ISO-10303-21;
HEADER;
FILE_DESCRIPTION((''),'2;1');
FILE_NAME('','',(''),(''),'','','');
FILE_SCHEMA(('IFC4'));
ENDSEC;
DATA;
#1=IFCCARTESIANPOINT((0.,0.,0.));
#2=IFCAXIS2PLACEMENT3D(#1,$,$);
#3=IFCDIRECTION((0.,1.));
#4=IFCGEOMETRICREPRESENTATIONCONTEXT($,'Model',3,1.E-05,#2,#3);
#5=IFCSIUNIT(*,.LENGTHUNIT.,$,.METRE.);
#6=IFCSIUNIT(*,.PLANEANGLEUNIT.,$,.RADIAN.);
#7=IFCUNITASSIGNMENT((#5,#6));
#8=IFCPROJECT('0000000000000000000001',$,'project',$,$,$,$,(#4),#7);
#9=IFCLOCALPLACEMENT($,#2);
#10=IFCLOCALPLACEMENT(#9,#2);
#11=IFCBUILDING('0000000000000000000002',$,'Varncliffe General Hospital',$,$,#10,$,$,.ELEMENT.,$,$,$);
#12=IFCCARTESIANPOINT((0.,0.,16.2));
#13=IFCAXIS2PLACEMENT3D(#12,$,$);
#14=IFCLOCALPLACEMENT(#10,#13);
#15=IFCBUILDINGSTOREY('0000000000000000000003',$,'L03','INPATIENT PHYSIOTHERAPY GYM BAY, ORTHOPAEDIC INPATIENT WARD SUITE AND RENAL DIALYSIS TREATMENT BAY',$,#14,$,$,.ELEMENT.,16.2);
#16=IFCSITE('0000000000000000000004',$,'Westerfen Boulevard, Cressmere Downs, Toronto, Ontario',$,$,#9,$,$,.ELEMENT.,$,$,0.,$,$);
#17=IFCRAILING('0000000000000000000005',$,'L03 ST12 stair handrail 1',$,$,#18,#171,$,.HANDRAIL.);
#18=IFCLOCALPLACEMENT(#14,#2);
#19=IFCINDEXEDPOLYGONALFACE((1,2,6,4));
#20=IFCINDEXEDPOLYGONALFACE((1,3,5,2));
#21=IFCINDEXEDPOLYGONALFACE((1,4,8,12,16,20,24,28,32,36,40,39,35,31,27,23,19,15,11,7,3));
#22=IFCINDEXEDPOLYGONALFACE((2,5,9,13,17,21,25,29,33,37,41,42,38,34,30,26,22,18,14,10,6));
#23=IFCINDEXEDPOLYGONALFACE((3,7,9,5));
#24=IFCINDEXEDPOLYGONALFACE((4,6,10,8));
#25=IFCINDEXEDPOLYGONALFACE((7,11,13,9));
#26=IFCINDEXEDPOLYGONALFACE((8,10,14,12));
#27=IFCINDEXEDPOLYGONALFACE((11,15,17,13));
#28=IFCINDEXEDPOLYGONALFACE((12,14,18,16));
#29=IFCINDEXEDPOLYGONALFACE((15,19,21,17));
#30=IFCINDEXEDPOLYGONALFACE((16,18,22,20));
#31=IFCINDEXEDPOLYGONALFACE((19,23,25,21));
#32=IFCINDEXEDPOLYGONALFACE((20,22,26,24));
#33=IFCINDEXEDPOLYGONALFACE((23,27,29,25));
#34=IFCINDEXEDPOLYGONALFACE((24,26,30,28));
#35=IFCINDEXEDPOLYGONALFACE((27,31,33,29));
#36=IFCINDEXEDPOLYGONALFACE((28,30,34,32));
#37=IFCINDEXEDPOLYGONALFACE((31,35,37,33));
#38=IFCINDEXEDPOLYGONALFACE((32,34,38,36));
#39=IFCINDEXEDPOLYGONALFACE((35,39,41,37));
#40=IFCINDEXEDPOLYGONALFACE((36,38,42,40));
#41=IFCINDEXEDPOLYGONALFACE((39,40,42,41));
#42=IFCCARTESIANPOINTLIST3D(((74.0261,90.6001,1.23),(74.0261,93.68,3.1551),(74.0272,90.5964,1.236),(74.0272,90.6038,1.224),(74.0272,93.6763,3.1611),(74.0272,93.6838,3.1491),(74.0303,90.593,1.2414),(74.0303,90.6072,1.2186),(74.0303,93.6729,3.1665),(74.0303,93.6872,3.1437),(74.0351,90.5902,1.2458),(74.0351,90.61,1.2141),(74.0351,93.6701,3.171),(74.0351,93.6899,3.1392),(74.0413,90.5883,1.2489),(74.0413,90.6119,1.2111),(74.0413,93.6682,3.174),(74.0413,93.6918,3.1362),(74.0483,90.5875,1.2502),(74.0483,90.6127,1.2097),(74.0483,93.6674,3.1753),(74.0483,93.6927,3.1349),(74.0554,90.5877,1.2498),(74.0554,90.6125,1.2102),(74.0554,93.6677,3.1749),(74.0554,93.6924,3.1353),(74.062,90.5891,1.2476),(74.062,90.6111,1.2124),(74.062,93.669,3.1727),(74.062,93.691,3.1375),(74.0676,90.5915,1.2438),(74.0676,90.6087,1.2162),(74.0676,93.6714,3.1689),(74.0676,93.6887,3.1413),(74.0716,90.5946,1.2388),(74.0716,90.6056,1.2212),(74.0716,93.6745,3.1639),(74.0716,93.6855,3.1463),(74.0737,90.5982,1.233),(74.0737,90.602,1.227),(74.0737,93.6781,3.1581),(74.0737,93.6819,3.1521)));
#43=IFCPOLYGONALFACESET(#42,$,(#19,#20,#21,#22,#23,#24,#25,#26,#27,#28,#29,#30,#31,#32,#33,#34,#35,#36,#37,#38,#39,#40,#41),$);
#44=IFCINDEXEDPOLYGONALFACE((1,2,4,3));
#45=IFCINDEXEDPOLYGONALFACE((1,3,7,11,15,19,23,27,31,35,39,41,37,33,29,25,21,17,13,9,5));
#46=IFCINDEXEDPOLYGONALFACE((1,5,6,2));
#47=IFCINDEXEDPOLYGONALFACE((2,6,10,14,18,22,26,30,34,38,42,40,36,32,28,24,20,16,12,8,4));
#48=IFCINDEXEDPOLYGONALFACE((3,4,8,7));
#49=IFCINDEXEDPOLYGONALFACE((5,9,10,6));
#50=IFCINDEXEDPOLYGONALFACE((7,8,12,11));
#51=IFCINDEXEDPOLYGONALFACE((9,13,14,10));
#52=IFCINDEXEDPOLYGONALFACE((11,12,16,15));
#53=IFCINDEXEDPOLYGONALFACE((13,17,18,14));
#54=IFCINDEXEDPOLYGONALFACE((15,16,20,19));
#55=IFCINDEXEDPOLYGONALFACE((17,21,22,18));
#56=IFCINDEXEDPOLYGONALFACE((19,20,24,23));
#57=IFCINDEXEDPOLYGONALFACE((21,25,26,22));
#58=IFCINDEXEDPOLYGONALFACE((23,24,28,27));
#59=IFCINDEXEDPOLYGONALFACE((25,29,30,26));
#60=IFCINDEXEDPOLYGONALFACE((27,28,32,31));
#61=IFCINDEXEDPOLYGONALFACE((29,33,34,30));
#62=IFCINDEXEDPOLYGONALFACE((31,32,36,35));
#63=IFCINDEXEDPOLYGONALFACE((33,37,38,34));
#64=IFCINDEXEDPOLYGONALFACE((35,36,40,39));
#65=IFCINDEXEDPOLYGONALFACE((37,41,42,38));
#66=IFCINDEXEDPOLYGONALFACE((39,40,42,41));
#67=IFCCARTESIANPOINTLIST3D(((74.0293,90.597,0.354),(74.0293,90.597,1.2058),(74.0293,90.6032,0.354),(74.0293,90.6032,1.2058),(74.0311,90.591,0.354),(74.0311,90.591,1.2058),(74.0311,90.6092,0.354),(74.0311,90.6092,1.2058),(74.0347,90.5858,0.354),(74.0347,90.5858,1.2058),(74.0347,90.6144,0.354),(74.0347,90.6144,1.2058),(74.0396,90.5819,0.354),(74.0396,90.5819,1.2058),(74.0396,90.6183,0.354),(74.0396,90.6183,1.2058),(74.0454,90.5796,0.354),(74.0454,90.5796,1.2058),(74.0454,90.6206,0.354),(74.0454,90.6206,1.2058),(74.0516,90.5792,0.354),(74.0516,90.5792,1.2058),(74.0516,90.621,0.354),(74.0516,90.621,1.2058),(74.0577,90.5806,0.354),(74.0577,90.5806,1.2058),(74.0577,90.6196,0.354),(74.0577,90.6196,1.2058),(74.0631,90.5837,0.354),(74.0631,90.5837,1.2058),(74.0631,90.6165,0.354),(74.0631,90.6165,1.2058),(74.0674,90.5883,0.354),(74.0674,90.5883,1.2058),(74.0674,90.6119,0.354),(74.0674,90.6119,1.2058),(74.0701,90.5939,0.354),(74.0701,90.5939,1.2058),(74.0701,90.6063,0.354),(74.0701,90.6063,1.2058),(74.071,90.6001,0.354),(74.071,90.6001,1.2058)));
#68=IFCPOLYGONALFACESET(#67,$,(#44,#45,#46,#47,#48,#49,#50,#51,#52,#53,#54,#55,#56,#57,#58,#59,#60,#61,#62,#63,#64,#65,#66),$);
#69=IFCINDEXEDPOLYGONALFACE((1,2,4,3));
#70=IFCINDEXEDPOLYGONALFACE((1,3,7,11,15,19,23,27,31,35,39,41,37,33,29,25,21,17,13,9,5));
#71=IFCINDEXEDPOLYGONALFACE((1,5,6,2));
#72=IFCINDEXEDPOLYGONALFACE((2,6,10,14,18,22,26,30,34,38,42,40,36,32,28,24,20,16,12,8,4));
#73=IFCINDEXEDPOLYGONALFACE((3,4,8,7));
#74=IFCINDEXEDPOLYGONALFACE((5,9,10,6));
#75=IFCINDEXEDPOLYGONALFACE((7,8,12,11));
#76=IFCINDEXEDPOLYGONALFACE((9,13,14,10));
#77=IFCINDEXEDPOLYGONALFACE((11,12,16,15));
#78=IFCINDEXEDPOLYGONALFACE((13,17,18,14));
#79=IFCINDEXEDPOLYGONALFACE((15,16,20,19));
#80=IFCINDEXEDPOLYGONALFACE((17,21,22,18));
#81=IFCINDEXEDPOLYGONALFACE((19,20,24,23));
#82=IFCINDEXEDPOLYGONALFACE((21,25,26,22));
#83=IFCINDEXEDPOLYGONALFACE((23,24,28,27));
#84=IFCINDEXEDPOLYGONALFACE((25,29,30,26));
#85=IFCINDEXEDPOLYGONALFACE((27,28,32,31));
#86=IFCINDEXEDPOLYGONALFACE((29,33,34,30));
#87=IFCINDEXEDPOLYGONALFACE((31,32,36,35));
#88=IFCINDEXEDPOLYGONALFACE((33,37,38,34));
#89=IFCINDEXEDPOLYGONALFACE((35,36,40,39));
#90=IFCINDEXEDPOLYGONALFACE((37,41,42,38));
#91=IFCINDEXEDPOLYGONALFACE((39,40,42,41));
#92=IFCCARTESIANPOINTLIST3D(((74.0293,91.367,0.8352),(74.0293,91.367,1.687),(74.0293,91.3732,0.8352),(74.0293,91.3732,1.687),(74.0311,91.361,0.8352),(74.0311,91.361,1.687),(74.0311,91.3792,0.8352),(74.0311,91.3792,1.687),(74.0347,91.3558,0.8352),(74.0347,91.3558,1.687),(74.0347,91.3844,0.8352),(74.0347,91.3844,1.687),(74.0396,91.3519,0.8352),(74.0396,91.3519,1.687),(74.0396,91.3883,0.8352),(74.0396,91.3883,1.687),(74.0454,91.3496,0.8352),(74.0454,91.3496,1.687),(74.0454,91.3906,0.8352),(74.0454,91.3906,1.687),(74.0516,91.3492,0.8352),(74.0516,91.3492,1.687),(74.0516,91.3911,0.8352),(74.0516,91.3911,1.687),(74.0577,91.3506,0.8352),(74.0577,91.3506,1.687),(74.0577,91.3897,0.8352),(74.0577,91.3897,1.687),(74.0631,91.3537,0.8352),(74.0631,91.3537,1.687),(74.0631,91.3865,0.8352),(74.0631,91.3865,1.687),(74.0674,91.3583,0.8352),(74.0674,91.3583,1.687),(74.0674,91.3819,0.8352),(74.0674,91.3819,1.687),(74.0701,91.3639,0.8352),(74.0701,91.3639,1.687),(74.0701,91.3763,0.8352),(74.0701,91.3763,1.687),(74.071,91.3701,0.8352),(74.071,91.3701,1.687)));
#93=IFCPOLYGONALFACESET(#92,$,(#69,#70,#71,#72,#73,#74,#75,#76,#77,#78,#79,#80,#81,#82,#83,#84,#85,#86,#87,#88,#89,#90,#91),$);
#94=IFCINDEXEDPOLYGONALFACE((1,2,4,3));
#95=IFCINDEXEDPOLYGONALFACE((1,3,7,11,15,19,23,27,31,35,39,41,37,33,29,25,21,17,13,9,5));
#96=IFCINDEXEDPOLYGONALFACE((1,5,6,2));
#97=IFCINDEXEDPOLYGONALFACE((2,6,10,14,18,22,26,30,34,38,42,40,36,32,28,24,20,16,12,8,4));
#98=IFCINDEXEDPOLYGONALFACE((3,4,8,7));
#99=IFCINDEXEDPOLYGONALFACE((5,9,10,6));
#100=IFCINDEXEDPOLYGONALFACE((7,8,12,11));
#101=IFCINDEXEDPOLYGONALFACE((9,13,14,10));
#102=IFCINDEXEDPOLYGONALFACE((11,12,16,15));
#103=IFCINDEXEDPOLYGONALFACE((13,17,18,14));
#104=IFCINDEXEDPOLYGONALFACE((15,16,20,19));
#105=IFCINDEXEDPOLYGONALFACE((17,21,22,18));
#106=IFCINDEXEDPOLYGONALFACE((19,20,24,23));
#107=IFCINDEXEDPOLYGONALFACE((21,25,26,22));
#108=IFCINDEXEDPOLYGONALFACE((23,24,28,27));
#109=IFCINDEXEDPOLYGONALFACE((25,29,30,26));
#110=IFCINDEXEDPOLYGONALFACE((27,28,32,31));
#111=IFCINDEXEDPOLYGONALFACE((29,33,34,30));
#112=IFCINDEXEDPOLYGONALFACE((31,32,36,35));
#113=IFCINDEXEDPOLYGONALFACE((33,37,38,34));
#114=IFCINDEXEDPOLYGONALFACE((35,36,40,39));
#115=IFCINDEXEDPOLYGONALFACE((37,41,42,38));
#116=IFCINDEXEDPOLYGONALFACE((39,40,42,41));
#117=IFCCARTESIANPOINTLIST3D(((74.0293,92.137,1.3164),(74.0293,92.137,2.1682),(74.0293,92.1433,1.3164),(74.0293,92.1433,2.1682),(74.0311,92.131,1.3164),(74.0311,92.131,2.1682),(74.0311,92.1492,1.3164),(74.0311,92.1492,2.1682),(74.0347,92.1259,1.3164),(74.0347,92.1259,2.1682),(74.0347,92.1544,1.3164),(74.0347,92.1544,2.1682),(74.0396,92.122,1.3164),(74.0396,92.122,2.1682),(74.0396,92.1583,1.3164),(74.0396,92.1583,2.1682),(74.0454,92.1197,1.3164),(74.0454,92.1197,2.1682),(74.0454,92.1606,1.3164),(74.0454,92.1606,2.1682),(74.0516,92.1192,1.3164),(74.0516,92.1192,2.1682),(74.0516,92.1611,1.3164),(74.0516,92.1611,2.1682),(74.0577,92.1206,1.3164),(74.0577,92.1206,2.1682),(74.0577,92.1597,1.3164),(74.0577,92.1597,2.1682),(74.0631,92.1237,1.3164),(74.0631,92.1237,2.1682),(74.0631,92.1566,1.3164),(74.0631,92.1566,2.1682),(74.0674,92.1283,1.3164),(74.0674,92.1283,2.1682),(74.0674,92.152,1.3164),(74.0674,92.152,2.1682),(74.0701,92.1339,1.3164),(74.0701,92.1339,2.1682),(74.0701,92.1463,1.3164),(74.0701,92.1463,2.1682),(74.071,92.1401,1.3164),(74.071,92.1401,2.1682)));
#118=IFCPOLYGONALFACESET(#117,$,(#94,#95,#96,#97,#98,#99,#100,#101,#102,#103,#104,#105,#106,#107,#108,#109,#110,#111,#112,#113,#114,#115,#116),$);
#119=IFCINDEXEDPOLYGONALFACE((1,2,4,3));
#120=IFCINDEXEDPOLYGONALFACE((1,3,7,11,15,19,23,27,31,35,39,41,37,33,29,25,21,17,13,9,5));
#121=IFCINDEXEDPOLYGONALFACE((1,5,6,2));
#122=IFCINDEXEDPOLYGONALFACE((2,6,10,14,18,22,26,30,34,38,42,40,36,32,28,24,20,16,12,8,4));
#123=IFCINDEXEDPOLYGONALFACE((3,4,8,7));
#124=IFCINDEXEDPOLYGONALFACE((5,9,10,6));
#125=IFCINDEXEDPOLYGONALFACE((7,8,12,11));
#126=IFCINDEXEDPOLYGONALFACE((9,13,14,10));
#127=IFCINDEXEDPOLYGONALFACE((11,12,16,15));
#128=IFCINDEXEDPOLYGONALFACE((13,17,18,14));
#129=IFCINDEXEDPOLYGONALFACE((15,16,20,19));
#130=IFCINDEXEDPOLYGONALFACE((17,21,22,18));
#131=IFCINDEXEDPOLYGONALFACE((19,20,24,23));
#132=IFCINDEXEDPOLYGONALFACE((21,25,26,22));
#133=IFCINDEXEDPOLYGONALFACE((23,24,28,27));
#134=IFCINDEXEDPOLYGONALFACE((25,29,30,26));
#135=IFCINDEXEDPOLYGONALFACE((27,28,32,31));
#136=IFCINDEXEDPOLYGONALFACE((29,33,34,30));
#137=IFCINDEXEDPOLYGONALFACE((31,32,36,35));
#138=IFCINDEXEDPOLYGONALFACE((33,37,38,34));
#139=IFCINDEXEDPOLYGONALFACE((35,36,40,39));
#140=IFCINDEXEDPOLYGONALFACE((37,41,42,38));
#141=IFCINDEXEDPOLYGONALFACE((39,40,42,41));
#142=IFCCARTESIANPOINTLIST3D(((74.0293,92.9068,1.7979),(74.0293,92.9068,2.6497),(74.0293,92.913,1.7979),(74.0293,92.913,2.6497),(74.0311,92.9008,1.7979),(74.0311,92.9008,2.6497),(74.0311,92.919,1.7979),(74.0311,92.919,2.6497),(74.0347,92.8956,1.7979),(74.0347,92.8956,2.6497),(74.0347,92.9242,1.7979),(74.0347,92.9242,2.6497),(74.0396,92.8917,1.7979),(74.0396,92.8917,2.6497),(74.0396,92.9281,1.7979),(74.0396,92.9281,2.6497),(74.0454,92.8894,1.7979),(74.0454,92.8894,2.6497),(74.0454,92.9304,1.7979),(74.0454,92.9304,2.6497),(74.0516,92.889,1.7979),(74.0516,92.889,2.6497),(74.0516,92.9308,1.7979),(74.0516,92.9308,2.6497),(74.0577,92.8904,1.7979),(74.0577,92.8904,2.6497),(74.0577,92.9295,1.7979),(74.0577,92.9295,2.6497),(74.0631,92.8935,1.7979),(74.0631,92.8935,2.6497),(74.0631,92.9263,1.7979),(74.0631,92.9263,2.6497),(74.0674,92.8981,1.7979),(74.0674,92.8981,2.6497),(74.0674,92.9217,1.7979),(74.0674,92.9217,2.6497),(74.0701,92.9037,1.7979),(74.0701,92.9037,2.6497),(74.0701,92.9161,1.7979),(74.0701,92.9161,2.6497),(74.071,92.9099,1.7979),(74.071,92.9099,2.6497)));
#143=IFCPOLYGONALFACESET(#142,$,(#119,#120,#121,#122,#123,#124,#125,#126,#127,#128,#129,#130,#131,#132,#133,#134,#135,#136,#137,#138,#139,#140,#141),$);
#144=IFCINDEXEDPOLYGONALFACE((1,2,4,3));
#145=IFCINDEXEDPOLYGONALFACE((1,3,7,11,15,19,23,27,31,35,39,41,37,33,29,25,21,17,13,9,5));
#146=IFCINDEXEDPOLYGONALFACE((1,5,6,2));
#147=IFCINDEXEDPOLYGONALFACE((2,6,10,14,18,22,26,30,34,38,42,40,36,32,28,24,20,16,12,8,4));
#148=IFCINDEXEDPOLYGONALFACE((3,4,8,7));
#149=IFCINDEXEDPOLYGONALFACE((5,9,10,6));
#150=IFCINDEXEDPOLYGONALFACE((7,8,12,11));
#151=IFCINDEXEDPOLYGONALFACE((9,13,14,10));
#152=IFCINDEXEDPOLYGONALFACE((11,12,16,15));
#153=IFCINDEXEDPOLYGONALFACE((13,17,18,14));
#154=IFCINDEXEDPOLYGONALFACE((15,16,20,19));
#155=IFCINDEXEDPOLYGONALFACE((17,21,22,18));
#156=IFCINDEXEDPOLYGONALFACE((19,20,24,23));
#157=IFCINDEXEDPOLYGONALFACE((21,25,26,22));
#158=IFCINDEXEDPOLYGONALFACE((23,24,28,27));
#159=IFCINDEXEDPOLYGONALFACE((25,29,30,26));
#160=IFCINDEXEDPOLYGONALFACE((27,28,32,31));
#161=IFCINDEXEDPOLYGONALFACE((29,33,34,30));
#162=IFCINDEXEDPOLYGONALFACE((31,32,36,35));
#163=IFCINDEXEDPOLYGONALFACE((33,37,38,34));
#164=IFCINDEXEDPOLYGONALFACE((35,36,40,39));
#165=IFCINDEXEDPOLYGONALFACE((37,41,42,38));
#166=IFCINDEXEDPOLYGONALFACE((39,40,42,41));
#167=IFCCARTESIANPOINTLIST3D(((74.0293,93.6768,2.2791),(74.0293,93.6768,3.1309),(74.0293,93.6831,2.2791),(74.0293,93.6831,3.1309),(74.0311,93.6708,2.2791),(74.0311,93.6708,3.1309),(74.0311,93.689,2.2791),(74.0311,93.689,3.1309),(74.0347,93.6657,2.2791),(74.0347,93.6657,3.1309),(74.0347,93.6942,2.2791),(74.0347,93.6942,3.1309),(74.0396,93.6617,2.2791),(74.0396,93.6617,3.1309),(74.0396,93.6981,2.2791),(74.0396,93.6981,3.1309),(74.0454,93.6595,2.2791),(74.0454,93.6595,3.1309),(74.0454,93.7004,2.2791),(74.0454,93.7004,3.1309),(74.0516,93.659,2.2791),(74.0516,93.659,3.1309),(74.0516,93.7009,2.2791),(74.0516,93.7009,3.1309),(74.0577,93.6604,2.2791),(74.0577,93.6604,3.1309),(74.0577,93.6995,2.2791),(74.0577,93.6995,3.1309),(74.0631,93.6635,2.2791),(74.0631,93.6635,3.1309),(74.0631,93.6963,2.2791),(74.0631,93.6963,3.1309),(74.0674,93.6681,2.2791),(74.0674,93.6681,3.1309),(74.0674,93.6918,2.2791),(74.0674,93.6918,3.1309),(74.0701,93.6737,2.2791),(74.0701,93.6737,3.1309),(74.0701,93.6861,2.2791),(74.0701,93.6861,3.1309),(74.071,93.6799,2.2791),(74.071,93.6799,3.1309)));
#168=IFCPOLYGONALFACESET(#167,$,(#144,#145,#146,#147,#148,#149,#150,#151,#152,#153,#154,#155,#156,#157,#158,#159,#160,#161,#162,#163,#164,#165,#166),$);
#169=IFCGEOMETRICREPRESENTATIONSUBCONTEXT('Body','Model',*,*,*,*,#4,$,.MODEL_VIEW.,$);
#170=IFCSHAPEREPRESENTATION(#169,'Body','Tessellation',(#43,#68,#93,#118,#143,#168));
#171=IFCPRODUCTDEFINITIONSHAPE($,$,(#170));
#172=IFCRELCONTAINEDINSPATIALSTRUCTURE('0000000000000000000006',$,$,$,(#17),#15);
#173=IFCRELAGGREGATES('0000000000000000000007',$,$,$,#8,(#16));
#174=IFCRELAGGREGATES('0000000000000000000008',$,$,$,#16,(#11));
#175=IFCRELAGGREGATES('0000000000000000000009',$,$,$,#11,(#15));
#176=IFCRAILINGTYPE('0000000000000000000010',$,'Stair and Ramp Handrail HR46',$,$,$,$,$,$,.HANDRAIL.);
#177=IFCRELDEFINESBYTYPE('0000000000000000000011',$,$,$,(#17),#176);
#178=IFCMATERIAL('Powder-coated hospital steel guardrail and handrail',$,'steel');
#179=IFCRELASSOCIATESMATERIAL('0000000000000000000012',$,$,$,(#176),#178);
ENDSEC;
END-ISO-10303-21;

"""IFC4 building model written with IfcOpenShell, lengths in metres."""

from ifc_helpers import new_model, si_unit, direction, frame, origin, origin_2d, place, context, subcontext, project, spatial, circle, extrude, material, type_object, element, save


model = new_model("IFC4")

# Units and contexts
model_context = context("Model", 3, precision=1e-05, world=origin(), true_north=direction((0.0, 1.0)))
body_context = subcontext(model_context, "Body", "Model", "MODEL_VIEW")
ifc_project = project(units=[si_unit("LENGTHUNIT", "METRE"), si_unit("PLANEANGLEUNIT", "RADIAN")], contexts=[model_context])

# Site, building, storey
site_placement = place(None, origin())
site = spatial("IfcSite", under=ifc_project, at=site_placement, Name="Westerfen Boulevard, Cressmere Downs, Toronto, Ontario", CompositionType="ELEMENT", RefElevation=0.0)
building_placement = place(site_placement, origin())
building = spatial("IfcBuilding", under=site, at=building_placement, Name="Varncliffe General Hospital", CompositionType="ELEMENT")
storey_placement = place(building_placement, frame((0.0, 0.0, 16.2)))
storey = spatial("IfcBuildingStorey", under=building, at=storey_placement, Name="L03", Description="INPATIENT PHYSIOTHERAPY GYM BAY, ORTHOPAEDIC INPATIENT WARD SUITE AND RENAL DIALYSIS TREATMENT BAY", CompositionType="ELEMENT", Elevation=16.2)

# Railing
ifc_material_1 = material(Name="Powder-coated hospital steel guardrail and handrail", Category="steel")
railing_type = type_object("IfcRailingType", Name="Stair and Ramp Handrail HR46", PredefinedType="HANDRAIL", material=ifc_material_1)
railing_placement = place(storey_placement, frame((74.05, 90.6001, 0.354)))
element("IfcRailing", 1, at=railing_placement, inside=storey, type_object=railing_type, Name="L03 ST12 stair handrail 1", PredefinedType="HANDRAIL", context=body_context, shape_type="SweptSolid", body=[
    extrude(circle(Radius=0.0239, at=origin_2d()), frame((0.0, 0.0, 0.876), z_axis=(0.0, 0.847979, 0.530029), x_axis=(-1.0, 0.0, 0.0)), (0.0, 0.0, 1.0), 3.6321),
    extrude(circle(Radius=0.021, at=origin_2d()), origin(), (0.0, 0.0, 1.0), 0.8518),
    extrude(circle(Radius=0.021, at=origin_2d()), frame((0.0, 0.77, 0.4812)), (0.0, 0.0, 1.0), 0.8518),
    extrude(circle(Radius=0.021, at=origin_2d()), frame((0.0, 1.54, 0.9624)), (0.0, 0.0, 1.0), 0.8518),
    extrude(circle(Radius=0.021, at=origin_2d()), frame((0.0, 2.3098, 1.4438)), (0.0, 0.0, 1.0), 0.8518),
    extrude(circle(Radius=0.021, at=origin_2d()), frame((0.0, 3.0798, 1.925)), (0.0, 0.0, 1.0), 0.8518),
])

save(model, "model.ifc")
